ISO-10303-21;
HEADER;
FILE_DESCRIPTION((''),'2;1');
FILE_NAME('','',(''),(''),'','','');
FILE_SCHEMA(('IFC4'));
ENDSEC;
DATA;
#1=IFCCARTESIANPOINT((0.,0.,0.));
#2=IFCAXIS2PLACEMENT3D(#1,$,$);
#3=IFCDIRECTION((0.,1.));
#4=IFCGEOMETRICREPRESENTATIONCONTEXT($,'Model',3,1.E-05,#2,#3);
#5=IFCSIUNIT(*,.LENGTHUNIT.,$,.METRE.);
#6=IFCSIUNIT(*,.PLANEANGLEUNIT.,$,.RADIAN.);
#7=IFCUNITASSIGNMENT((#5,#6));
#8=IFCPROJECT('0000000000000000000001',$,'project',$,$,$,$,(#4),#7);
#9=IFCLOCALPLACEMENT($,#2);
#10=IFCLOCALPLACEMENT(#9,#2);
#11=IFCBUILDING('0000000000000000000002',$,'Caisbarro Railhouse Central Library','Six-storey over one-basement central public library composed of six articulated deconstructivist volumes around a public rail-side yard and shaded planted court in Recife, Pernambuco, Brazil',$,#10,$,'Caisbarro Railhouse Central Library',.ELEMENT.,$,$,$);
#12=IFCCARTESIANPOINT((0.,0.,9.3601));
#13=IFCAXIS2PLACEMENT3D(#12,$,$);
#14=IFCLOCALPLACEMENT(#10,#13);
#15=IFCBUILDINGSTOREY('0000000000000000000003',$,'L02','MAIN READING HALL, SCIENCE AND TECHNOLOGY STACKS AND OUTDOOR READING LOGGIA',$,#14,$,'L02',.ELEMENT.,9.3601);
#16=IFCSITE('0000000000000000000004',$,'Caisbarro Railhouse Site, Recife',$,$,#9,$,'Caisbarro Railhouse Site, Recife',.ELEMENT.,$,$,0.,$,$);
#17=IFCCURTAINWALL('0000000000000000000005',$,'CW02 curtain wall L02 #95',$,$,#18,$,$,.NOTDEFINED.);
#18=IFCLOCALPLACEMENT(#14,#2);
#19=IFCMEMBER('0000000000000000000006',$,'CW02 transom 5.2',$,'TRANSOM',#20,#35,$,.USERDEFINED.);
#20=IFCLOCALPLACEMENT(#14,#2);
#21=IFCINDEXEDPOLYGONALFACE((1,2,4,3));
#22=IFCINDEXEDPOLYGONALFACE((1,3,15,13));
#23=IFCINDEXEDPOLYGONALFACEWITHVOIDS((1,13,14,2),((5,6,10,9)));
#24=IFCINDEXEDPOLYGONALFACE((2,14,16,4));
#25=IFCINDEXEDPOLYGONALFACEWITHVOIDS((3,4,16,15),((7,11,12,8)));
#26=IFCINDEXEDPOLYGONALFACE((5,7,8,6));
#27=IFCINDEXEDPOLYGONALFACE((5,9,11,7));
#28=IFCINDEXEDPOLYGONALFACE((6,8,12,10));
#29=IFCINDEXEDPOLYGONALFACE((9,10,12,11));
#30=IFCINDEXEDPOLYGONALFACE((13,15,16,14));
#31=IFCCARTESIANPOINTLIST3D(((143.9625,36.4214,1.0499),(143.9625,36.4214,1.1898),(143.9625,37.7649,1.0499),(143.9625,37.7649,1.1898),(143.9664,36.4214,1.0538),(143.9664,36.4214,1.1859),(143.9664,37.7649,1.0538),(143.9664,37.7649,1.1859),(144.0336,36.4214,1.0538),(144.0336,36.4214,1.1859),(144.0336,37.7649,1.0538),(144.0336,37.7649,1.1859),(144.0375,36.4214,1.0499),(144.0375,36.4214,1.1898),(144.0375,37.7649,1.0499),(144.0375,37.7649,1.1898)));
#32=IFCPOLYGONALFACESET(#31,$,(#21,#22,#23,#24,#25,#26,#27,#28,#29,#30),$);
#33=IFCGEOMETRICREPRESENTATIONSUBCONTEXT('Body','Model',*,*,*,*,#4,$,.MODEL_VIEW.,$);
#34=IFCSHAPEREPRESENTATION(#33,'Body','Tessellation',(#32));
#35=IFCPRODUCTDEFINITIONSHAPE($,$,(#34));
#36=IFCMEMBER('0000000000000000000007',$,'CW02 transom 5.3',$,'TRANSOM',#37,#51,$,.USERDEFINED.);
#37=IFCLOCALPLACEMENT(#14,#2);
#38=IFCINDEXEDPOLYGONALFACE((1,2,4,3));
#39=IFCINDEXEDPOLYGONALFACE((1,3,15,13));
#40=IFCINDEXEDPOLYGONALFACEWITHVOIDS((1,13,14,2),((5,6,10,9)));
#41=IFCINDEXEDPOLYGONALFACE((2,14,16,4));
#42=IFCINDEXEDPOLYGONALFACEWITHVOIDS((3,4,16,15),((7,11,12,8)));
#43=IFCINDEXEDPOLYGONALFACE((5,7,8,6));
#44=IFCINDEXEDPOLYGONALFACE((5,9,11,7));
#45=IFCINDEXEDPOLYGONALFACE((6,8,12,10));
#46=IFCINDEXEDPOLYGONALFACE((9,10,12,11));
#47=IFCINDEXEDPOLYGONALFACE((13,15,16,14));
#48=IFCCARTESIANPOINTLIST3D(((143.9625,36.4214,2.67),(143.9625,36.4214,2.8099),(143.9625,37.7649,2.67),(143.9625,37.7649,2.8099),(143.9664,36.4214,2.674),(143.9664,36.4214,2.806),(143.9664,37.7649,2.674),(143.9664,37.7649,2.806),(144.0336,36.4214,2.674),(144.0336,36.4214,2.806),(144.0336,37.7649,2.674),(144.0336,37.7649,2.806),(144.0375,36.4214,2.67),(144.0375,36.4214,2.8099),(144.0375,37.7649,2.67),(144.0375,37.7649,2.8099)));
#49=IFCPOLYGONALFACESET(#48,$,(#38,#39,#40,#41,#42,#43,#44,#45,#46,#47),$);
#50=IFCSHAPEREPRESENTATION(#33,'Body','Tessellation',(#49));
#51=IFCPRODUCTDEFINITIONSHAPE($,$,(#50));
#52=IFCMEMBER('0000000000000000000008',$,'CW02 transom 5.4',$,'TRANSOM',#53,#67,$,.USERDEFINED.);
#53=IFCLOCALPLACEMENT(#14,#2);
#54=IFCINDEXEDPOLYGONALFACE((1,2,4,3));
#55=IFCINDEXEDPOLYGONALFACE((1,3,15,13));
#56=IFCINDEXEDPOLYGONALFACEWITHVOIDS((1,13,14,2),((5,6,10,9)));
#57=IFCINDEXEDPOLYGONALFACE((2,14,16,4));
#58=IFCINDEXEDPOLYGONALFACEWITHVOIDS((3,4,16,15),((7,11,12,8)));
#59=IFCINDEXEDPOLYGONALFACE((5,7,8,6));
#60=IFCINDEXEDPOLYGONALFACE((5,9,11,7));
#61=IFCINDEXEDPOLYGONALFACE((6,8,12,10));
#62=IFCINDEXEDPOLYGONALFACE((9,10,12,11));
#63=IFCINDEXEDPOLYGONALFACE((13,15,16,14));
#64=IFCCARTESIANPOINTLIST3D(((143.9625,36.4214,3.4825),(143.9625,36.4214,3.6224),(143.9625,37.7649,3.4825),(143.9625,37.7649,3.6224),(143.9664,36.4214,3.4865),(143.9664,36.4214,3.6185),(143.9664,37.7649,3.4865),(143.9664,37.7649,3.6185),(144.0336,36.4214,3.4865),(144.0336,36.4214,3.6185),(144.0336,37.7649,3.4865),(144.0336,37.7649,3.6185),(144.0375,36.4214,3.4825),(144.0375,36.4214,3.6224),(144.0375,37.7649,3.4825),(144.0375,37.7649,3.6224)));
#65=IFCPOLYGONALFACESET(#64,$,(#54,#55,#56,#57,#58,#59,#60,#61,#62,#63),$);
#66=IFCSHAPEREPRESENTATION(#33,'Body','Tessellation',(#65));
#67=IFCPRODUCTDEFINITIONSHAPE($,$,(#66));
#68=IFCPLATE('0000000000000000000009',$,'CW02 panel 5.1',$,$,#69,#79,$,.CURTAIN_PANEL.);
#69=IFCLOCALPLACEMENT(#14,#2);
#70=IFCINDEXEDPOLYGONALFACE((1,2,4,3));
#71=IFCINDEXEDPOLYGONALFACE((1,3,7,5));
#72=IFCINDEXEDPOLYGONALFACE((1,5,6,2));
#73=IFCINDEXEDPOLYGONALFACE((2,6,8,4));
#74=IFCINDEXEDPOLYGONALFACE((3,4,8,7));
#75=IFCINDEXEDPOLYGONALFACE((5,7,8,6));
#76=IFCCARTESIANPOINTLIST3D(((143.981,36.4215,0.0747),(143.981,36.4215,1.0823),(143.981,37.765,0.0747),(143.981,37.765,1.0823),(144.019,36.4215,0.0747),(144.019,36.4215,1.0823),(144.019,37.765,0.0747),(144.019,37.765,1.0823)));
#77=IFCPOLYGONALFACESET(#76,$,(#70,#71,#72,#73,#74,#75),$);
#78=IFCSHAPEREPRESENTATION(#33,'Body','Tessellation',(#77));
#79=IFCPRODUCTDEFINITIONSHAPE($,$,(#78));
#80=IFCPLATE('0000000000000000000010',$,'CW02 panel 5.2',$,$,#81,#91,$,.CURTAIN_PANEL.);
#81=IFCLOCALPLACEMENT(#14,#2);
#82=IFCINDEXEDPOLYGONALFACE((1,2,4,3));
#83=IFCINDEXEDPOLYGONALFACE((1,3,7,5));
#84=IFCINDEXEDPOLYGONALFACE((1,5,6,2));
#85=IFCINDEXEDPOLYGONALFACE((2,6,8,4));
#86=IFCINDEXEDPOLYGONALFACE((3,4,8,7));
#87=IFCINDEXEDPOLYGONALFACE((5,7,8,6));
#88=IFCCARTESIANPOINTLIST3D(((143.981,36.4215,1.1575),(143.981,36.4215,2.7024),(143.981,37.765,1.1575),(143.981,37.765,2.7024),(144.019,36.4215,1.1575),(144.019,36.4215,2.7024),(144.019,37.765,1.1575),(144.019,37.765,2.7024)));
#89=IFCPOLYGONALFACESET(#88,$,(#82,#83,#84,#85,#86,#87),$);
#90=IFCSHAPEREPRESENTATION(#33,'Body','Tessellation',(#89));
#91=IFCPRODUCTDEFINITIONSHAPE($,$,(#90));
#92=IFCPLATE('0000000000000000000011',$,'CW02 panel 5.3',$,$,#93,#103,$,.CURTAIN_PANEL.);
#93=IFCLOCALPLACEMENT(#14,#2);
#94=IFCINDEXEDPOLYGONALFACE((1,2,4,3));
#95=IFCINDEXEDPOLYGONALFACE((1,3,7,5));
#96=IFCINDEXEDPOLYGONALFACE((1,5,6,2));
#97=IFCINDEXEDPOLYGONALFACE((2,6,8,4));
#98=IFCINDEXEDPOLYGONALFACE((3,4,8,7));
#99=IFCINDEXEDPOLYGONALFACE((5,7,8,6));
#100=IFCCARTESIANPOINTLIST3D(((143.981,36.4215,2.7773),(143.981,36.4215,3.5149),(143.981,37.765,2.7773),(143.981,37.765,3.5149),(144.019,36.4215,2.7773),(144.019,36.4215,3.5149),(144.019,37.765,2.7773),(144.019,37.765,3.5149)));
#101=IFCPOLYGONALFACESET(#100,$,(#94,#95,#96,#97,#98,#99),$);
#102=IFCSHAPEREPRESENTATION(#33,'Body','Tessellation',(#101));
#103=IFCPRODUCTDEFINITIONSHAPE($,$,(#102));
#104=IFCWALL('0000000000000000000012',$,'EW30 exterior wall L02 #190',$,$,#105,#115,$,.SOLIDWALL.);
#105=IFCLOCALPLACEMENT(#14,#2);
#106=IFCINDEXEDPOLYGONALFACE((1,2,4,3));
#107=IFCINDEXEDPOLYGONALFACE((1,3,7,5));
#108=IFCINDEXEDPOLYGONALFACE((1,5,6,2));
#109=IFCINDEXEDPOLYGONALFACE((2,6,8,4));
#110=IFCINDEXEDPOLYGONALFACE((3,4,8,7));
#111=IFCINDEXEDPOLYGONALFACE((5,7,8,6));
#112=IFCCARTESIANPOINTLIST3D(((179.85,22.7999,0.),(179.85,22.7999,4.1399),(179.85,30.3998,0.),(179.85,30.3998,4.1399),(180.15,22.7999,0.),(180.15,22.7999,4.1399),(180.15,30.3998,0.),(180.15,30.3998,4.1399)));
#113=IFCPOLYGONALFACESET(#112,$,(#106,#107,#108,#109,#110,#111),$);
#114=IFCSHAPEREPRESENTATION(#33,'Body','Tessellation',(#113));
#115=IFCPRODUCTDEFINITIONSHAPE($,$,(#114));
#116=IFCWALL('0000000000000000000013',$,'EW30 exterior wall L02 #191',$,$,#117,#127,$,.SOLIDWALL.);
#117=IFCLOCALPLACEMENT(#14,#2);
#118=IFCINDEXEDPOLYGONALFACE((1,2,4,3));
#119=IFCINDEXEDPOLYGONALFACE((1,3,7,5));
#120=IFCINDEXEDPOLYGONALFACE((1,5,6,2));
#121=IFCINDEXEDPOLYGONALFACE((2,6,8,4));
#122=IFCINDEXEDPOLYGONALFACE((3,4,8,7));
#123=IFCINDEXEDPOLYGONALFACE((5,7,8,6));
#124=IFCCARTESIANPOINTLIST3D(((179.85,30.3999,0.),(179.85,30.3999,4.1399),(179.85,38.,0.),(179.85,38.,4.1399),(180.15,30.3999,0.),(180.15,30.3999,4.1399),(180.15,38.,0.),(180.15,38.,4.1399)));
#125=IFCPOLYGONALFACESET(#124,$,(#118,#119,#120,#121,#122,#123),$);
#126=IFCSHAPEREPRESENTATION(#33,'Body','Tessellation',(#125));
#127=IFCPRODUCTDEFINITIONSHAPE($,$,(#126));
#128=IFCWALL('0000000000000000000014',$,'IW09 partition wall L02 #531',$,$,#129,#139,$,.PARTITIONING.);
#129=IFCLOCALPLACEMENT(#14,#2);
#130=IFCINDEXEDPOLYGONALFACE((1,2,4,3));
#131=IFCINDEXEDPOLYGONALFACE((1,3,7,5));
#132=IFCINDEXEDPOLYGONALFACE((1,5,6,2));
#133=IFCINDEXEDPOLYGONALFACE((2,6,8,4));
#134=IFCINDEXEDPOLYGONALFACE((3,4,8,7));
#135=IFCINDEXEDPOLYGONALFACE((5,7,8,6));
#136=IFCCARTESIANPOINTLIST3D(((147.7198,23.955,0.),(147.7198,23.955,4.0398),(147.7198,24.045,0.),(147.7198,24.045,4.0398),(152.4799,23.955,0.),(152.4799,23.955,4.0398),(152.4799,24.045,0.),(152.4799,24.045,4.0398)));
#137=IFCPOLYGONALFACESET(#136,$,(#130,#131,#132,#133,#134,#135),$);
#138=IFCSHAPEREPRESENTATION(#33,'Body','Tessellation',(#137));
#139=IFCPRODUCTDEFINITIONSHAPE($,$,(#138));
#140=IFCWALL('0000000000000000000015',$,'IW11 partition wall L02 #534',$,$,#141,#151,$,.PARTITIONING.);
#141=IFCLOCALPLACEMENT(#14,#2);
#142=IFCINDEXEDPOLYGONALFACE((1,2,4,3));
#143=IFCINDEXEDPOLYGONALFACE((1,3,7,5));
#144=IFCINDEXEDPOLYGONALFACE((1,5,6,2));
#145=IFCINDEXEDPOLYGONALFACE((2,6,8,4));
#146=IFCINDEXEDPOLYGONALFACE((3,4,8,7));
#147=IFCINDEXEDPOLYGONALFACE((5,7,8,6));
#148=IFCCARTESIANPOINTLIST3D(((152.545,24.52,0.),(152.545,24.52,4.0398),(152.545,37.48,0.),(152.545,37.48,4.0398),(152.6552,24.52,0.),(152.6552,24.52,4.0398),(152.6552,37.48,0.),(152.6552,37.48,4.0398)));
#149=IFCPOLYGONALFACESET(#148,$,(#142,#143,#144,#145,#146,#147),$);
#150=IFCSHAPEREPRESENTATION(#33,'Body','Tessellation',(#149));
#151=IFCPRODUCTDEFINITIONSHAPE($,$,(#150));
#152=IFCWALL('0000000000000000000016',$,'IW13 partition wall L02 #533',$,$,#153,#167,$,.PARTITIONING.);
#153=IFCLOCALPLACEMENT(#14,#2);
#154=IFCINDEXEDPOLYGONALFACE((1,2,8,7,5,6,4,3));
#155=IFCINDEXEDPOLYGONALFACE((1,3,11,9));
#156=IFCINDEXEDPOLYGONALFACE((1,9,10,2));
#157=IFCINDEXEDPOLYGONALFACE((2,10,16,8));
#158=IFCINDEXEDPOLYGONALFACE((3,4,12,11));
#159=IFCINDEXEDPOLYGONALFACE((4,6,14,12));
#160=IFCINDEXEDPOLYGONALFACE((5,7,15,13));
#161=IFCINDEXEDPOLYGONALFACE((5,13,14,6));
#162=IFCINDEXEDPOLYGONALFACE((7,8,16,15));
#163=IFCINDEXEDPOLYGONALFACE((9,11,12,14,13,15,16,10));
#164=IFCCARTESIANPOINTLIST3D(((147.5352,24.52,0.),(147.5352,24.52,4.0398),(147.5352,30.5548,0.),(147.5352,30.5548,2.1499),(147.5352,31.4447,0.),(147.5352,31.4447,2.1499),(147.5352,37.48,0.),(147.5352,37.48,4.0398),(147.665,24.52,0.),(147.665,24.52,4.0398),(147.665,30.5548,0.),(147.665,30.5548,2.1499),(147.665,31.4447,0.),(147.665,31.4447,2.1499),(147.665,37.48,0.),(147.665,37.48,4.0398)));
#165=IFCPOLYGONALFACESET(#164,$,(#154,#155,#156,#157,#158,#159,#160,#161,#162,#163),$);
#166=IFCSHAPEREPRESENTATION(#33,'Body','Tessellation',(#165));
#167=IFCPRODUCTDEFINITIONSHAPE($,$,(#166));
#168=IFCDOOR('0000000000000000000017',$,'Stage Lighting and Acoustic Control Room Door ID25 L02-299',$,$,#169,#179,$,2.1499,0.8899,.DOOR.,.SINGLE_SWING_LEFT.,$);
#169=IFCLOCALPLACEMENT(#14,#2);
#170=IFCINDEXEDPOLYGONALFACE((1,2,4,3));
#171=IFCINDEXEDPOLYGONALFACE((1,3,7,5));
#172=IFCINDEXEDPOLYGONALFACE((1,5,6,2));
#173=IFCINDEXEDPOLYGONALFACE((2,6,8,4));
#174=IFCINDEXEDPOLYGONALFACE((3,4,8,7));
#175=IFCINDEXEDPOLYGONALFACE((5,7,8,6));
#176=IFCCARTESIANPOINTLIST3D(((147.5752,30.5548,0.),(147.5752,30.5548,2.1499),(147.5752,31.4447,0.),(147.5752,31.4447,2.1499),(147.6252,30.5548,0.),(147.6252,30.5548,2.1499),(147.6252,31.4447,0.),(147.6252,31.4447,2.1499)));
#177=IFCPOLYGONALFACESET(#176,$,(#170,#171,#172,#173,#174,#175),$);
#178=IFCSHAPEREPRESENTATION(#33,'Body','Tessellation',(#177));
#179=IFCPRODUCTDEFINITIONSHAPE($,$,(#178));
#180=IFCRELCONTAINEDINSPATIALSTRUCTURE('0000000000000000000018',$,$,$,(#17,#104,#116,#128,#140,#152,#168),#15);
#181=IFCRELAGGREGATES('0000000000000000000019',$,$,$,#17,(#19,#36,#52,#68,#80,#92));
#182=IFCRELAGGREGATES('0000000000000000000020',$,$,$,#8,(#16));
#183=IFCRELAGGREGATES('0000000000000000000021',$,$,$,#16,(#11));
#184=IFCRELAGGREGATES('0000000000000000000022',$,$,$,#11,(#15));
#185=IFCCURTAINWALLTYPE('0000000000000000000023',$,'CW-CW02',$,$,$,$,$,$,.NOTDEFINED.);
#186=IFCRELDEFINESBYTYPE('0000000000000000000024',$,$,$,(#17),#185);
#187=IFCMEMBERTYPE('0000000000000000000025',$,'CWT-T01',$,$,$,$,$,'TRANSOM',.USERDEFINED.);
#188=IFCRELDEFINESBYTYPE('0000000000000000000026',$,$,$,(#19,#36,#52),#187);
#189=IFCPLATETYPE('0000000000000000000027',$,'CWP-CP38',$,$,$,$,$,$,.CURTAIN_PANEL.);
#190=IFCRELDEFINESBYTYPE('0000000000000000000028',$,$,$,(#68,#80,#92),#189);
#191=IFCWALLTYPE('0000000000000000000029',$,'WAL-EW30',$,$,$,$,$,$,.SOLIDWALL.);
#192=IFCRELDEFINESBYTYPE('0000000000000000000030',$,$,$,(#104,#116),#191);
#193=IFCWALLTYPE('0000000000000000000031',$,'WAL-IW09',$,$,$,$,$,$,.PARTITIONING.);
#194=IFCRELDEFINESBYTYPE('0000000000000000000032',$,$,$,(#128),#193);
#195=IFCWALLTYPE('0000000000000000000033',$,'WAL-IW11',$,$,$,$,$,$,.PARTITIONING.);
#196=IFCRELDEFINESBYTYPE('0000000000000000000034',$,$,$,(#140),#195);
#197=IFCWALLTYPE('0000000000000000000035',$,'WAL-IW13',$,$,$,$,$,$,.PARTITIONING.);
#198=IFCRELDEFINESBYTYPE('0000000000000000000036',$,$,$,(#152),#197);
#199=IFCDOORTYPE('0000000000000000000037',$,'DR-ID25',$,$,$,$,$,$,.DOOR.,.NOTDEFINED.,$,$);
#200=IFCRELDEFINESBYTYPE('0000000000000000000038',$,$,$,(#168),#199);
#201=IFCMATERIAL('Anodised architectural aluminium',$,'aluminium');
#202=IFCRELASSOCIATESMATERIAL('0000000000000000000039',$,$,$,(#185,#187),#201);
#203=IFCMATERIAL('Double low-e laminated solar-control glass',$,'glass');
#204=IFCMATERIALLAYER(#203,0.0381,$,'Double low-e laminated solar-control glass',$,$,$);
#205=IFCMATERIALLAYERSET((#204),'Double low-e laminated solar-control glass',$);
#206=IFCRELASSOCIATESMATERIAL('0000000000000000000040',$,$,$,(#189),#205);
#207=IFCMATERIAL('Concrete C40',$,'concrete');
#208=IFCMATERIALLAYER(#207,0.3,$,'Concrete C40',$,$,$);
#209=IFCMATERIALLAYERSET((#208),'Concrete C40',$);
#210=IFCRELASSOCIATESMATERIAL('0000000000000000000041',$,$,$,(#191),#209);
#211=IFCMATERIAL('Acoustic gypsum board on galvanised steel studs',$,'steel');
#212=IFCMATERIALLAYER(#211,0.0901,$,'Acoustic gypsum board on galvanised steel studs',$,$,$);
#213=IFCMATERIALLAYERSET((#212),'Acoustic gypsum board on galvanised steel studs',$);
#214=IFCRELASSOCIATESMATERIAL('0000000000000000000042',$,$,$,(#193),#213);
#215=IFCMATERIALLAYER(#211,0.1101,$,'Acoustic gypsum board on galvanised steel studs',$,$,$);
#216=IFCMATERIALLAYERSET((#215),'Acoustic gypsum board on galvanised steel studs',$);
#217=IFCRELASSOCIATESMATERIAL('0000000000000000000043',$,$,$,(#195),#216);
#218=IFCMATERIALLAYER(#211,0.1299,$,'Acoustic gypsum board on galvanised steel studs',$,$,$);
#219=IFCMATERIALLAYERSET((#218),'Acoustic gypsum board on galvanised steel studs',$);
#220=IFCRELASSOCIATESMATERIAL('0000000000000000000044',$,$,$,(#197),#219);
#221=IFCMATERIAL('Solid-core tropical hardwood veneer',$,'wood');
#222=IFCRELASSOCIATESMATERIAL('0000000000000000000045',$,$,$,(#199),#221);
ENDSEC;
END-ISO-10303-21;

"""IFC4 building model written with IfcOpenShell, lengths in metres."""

from ifc_helpers import new_model, si_unit, direction, frame, frame_2d, origin, origin_2d, place, context, subcontext, project, spatial, rectangle, hollow_rectangle, extrude, material, layer, layer_set, material_profile, profile_set, type_object, element, fill, aggregate, save


model = new_model("IFC4")

# Units and contexts
model_context = context("Model", 3, precision=1e-05, world=origin(), true_north=direction((0.0, 1.0)))
body_context = subcontext(model_context, "Body", "Model", "MODEL_VIEW")
ifc_project = project(units=[si_unit("LENGTHUNIT", "METRE"), si_unit("PLANEANGLEUNIT", "RADIAN")], contexts=[model_context])

# Site, building, storey
site_placement = place(None, origin())
site = spatial("IfcSite", under=ifc_project, at=site_placement, Name="Caisbarro Railhouse Site, Recife", LongName="Caisbarro Railhouse Site, Recife", CompositionType="ELEMENT", RefElevation=0.0)
building_placement = place(site_placement, origin())
building = spatial("IfcBuilding", under=site, at=building_placement, Name="Caisbarro Railhouse Central Library", Description="Six-storey over one-basement central public library composed of six articulated deconstructivist volumes around a public rail-side yard and shaded planted court in Recife, Pernambuco, Brazil", LongName="Caisbarro Railhouse Central Library", CompositionType="ELEMENT")
storey_placement = place(building_placement, frame((0.0, 0.0, 9.3601)))
storey = spatial("IfcBuildingStorey", under=building, at=storey_placement, Name="L02", Description="MAIN READING HALL, SCIENCE AND TECHNOLOGY STACKS AND OUTDOOR READING LOGGIA", LongName="L02", CompositionType="ELEMENT", Elevation=9.3601)

# Curtain wall, members, plates
ifc_material_1 = material(Name="Anodised architectural aluminium", Category="aluminium")
curtain_wall_type = type_object("IfcCurtainWallType", Name="CW-CW02", PredefinedType="NOTDEFINED", material=ifc_material_1)
curtain_wall_placement = place(storey_placement, origin())
curtain_wall = element("IfcCurtainWall", 1, at=curtain_wall_placement, inside=storey, type_object=curtain_wall_type, Name="CW02 curtain wall L02 #95", PredefinedType="NOTDEFINED")
ifc_material_profile_1 = material_profile(ifc_material_1, hollow_rectangle(XDim=0.075, YDim=0.1399, WallThickness=0.0039, at=origin_2d()), Name="ALU-TRN-75X140")
ifc_profile_set_1 = profile_set([ifc_material_profile_1], Name="Anodised architectural aluminium")
member_type_1 = type_object("IfcMemberType", Name="CWT-T01", ElementType="TRANSOM", PredefinedType="USERDEFINED", material=ifc_profile_set_1)
member_1_placement = place(storey_placement, frame((144.0, 36.4214, 1.1199), z_axis=(0.0, 1.0, 0.0), x_axis=(-1.0, 0.0, 0.0)))
member_1 = element("IfcMember", 2, at=member_1_placement, type_object=member_type_1, Name="CW02 transom 5.2", ObjectType="TRANSOM", PredefinedType="USERDEFINED", context=body_context, shape_type="SweptSolid", body=[
    extrude(hollow_rectangle(XDim=0.075, YDim=0.1399, WallThickness=0.0039, at=origin_2d()), origin(), (0.0, 0.0, 1.0), 1.3435),
])
member_2_placement = place(storey_placement, frame((144.0, 36.4214, 2.74), z_axis=(0.0, 1.0, 0.0), x_axis=(-1.0, 0.0, 0.0)))
member_2 = element("IfcMember", 3, at=member_2_placement, type_object=member_type_1, Name="CW02 transom 5.3", ObjectType="TRANSOM", PredefinedType="USERDEFINED", context=body_context, shape_type="SweptSolid", body=[
    extrude(hollow_rectangle(XDim=0.075, YDim=0.1399, WallThickness=0.0039, at=origin_2d()), origin(), (0.0, 0.0, 1.0), 1.3435),
])
member_3_placement = place(storey_placement, frame((144.0, 36.4214, 3.5525), z_axis=(0.0, 1.0, 0.0), x_axis=(-1.0, 0.0, 0.0)))
member_3 = element("IfcMember", 4, at=member_3_placement, type_object=member_type_1, Name="CW02 transom 5.4", ObjectType="TRANSOM", PredefinedType="USERDEFINED", context=body_context, shape_type="SweptSolid", body=[
    extrude(hollow_rectangle(XDim=0.075, YDim=0.1399, WallThickness=0.0039, at=origin_2d()), origin(), (0.0, 0.0, 1.0), 1.3435),
])
ifc_material_2 = material(Name="Double low-e laminated solar-control glass", Category="glass")
ifc_layer_1 = layer(ifc_material_2, 0.0381, Name="Double low-e laminated solar-control glass")
ifc_layer_set_1 = layer_set([ifc_layer_1], Name="Double low-e laminated solar-control glass")
plate_type = type_object("IfcPlateType", Name="CWP-CP38", PredefinedType="CURTAIN_PANEL", material=ifc_layer_set_1)
plate_1_placement = place(storey_placement, frame((144.0, 37.0933, 0.0747), z_axis=(0.0, 0.0, 1.0), x_axis=(0.0, 1.0, 0.0)))
plate_1 = element("IfcPlate", 5, at=plate_1_placement, type_object=plate_type, Name="CW02 panel 5.1", PredefinedType="CURTAIN_PANEL", context=body_context, shape_type="SweptSolid", body=[
    extrude(rectangle(XDim=1.3435, YDim=0.0381, at=origin_2d()), origin(), (0.0, 0.0, 1.0), 1.0076),
])
plate_2_placement = place(storey_placement, frame((144.0, 37.0933, 1.1575), z_axis=(0.0, 0.0, 1.0), x_axis=(0.0, 1.0, 0.0)))
plate_2 = element("IfcPlate", 6, at=plate_2_placement, type_object=plate_type, Name="CW02 panel 5.2", PredefinedType="CURTAIN_PANEL", context=body_context, shape_type="SweptSolid", body=[
    extrude(rectangle(XDim=1.3435, YDim=0.0381, at=origin_2d()), origin(), (0.0, 0.0, 1.0), 1.5449),
])
plate_3_placement = place(storey_placement, frame((144.0, 37.0933, 2.7773), z_axis=(0.0, 0.0, 1.0), x_axis=(0.0, 1.0, 0.0)))
plate_3 = element("IfcPlate", 7, at=plate_3_placement, type_object=plate_type, Name="CW02 panel 5.3", PredefinedType="CURTAIN_PANEL", context=body_context, shape_type="SweptSolid", body=[
    extrude(rectangle(XDim=1.3435, YDim=0.0381, at=origin_2d()), origin(), (0.0, 0.0, 1.0), 0.7375),
])
aggregate(curtain_wall, [member_1, member_2, member_3, plate_1, plate_2, plate_3])

# Walls
ifc_material_3 = material(Name="Concrete C40", Category="concrete")
ifc_layer_2 = layer(ifc_material_3, 0.3, Name="Concrete C40")
ifc_layer_set_2 = layer_set([ifc_layer_2], Name="Concrete C40")
wall_type_1 = type_object("IfcWallType", Name="WAL-EW30", PredefinedType="SOLIDWALL", material=ifc_layer_set_2)
wall_1_placement = place(storey_placement, frame((180.0, 22.8, 0.0), z_axis=(0.0, 0.0, 1.0), x_axis=(0.0, 1.0, 0.0)))
element("IfcWall", 8, at=wall_1_placement, inside=storey, type_object=wall_type_1, Name="EW30 exterior wall L02 #190", PredefinedType="SOLIDWALL", context=body_context, shape_type="SweptSolid", body=[
    extrude(rectangle(XDim=7.5999, YDim=0.3, at=frame_2d((3.7998, 0.0))), origin(), (0.0, 0.0, 1.0), 4.1399),
])
wall_2_placement = place(storey_placement, frame((180.0, 30.3999, 0.0), z_axis=(0.0, 0.0, 1.0), x_axis=(0.0, 1.0, 0.0)))
element("IfcWall", 9, at=wall_2_placement, inside=storey, type_object=wall_type_1, Name="EW30 exterior wall L02 #191", PredefinedType="SOLIDWALL", context=body_context, shape_type="SweptSolid", body=[
    extrude(rectangle(XDim=7.6001, YDim=0.3, at=frame_2d((3.8, 0.0))), origin(), (0.0, 0.0, 1.0), 4.1399),
])
ifc_material_4 = material(Name="Acoustic gypsum board on galvanised steel studs", Category="steel")
ifc_layer_3 = layer(ifc_material_4, 0.0901, Name="Acoustic gypsum board on galvanised steel studs")
ifc_layer_set_3 = layer_set([ifc_layer_3], Name="Acoustic gypsum board on galvanised steel studs")
wall_type_2 = type_object("IfcWallType", Name="WAL-IW09", PredefinedType="PARTITIONING", material=ifc_layer_set_3)
wall_3_placement = place(storey_placement, frame((147.72, 24.0, 0.0), z_axis=(0.0, 0.0, 1.0), x_axis=(1.0, 0.0, 0.0)))
element("IfcWall", 10, at=wall_3_placement, inside=storey, type_object=wall_type_2, Name="IW09 partition wall L02 #531", PredefinedType="PARTITIONING", context=body_context, shape_type="SweptSolid", body=[
    extrude(rectangle(XDim=4.76, YDim=0.0901, at=frame_2d((2.3799, 0.0))), origin(), (0.0, 0.0, 1.0), 4.0398),
])
ifc_layer_4 = layer(ifc_material_4, 0.1101, Name="Acoustic gypsum board on galvanised steel studs")
ifc_layer_set_4 = layer_set([ifc_layer_4], Name="Acoustic gypsum board on galvanised steel studs")
wall_type_3 = type_object("IfcWallType", Name="WAL-IW11", PredefinedType="PARTITIONING", material=ifc_layer_set_4)
wall_4_placement = place(storey_placement, frame((152.6001, 24.52, 0.0), z_axis=(0.0, 0.0, 1.0), x_axis=(0.0, 1.0, 0.0)))
element("IfcWall", 11, at=wall_4_placement, inside=storey, type_object=wall_type_3, Name="IW11 partition wall L02 #534", PredefinedType="PARTITIONING", context=body_context, shape_type="SweptSolid", body=[
    extrude(rectangle(XDim=12.96, YDim=0.1101, at=frame_2d((6.48, 0.0))), origin(), (0.0, 0.0, 1.0), 4.0398),
])

# Wall, opening, door
ifc_layer_5 = layer(ifc_material_4, 0.1299, Name="Acoustic gypsum board on galvanised steel studs")
ifc_layer_set_5 = layer_set([ifc_layer_5], Name="Acoustic gypsum board on galvanised steel studs")
wall_type_4 = type_object("IfcWallType", Name="WAL-IW13", PredefinedType="PARTITIONING", material=ifc_layer_set_5)
wall_5_placement = place(storey_placement, frame((147.6001, 24.52, 0.0), z_axis=(0.0, 0.0, 1.0), x_axis=(0.0, 1.0, 0.0)))
wall_5 = element("IfcWall", 12, at=wall_5_placement, inside=storey, type_object=wall_type_4, Name="IW13 partition wall L02 #533", PredefinedType="PARTITIONING", context=body_context, shape_type="SweptSolid", body=[
    extrude(rectangle(XDim=12.96, YDim=0.1299, at=frame_2d((6.48, 0.0))), origin(), (0.0, 0.0, 1.0), 4.0398),
])
opening_placement = place(wall_5_placement, frame((6.0349, 0.0, 0.0)))
opening = element("IfcOpeningElement", 13, at=opening_placement, cuts=wall_5, PredefinedType="OPENING", context=body_context, shape_type="SweptSolid", body=[
    extrude(rectangle(XDim=0.8899, YDim=2.1499, at=frame_2d((0.4448, 1.075))), frame((0.0, 0.075, 0.0), z_axis=(0.0, -1.0, 0.0), x_axis=(1.0, 0.0, 0.0)), (0.0, 0.0, 1.0), 0.1499),
])
ifc_material_5 = material(Name="Solid-core tropical hardwood veneer", Category="wood")
door_type = type_object("IfcDoorType", Name="DR-ID25", OperationType="NOTDEFINED", PredefinedType="DOOR", material=ifc_material_5)
door_placement = place(opening_placement, origin())
door = element("IfcDoor", 14, at=door_placement, inside=storey, type_object=door_type, Name="Stage Lighting and Acoustic Control Room Door ID25 L02-299", OperationType="SINGLE_SWING_LEFT", OverallHeight=2.1499, OverallWidth=0.8899, PredefinedType="DOOR", context=body_context, shape_type="SweptSolid", body=[
    extrude(rectangle(XDim=0.8899, YDim=2.1499, at=frame_2d((0.4448, 1.075))), frame((0.0, 0.0249, 0.0), z_axis=(0.0, -1.0, 0.0), x_axis=(1.0, 0.0, 0.0)), (0.0, 0.0, 1.0), 0.05),
])
fill(opening, door)

save(model, "model.ifc")
